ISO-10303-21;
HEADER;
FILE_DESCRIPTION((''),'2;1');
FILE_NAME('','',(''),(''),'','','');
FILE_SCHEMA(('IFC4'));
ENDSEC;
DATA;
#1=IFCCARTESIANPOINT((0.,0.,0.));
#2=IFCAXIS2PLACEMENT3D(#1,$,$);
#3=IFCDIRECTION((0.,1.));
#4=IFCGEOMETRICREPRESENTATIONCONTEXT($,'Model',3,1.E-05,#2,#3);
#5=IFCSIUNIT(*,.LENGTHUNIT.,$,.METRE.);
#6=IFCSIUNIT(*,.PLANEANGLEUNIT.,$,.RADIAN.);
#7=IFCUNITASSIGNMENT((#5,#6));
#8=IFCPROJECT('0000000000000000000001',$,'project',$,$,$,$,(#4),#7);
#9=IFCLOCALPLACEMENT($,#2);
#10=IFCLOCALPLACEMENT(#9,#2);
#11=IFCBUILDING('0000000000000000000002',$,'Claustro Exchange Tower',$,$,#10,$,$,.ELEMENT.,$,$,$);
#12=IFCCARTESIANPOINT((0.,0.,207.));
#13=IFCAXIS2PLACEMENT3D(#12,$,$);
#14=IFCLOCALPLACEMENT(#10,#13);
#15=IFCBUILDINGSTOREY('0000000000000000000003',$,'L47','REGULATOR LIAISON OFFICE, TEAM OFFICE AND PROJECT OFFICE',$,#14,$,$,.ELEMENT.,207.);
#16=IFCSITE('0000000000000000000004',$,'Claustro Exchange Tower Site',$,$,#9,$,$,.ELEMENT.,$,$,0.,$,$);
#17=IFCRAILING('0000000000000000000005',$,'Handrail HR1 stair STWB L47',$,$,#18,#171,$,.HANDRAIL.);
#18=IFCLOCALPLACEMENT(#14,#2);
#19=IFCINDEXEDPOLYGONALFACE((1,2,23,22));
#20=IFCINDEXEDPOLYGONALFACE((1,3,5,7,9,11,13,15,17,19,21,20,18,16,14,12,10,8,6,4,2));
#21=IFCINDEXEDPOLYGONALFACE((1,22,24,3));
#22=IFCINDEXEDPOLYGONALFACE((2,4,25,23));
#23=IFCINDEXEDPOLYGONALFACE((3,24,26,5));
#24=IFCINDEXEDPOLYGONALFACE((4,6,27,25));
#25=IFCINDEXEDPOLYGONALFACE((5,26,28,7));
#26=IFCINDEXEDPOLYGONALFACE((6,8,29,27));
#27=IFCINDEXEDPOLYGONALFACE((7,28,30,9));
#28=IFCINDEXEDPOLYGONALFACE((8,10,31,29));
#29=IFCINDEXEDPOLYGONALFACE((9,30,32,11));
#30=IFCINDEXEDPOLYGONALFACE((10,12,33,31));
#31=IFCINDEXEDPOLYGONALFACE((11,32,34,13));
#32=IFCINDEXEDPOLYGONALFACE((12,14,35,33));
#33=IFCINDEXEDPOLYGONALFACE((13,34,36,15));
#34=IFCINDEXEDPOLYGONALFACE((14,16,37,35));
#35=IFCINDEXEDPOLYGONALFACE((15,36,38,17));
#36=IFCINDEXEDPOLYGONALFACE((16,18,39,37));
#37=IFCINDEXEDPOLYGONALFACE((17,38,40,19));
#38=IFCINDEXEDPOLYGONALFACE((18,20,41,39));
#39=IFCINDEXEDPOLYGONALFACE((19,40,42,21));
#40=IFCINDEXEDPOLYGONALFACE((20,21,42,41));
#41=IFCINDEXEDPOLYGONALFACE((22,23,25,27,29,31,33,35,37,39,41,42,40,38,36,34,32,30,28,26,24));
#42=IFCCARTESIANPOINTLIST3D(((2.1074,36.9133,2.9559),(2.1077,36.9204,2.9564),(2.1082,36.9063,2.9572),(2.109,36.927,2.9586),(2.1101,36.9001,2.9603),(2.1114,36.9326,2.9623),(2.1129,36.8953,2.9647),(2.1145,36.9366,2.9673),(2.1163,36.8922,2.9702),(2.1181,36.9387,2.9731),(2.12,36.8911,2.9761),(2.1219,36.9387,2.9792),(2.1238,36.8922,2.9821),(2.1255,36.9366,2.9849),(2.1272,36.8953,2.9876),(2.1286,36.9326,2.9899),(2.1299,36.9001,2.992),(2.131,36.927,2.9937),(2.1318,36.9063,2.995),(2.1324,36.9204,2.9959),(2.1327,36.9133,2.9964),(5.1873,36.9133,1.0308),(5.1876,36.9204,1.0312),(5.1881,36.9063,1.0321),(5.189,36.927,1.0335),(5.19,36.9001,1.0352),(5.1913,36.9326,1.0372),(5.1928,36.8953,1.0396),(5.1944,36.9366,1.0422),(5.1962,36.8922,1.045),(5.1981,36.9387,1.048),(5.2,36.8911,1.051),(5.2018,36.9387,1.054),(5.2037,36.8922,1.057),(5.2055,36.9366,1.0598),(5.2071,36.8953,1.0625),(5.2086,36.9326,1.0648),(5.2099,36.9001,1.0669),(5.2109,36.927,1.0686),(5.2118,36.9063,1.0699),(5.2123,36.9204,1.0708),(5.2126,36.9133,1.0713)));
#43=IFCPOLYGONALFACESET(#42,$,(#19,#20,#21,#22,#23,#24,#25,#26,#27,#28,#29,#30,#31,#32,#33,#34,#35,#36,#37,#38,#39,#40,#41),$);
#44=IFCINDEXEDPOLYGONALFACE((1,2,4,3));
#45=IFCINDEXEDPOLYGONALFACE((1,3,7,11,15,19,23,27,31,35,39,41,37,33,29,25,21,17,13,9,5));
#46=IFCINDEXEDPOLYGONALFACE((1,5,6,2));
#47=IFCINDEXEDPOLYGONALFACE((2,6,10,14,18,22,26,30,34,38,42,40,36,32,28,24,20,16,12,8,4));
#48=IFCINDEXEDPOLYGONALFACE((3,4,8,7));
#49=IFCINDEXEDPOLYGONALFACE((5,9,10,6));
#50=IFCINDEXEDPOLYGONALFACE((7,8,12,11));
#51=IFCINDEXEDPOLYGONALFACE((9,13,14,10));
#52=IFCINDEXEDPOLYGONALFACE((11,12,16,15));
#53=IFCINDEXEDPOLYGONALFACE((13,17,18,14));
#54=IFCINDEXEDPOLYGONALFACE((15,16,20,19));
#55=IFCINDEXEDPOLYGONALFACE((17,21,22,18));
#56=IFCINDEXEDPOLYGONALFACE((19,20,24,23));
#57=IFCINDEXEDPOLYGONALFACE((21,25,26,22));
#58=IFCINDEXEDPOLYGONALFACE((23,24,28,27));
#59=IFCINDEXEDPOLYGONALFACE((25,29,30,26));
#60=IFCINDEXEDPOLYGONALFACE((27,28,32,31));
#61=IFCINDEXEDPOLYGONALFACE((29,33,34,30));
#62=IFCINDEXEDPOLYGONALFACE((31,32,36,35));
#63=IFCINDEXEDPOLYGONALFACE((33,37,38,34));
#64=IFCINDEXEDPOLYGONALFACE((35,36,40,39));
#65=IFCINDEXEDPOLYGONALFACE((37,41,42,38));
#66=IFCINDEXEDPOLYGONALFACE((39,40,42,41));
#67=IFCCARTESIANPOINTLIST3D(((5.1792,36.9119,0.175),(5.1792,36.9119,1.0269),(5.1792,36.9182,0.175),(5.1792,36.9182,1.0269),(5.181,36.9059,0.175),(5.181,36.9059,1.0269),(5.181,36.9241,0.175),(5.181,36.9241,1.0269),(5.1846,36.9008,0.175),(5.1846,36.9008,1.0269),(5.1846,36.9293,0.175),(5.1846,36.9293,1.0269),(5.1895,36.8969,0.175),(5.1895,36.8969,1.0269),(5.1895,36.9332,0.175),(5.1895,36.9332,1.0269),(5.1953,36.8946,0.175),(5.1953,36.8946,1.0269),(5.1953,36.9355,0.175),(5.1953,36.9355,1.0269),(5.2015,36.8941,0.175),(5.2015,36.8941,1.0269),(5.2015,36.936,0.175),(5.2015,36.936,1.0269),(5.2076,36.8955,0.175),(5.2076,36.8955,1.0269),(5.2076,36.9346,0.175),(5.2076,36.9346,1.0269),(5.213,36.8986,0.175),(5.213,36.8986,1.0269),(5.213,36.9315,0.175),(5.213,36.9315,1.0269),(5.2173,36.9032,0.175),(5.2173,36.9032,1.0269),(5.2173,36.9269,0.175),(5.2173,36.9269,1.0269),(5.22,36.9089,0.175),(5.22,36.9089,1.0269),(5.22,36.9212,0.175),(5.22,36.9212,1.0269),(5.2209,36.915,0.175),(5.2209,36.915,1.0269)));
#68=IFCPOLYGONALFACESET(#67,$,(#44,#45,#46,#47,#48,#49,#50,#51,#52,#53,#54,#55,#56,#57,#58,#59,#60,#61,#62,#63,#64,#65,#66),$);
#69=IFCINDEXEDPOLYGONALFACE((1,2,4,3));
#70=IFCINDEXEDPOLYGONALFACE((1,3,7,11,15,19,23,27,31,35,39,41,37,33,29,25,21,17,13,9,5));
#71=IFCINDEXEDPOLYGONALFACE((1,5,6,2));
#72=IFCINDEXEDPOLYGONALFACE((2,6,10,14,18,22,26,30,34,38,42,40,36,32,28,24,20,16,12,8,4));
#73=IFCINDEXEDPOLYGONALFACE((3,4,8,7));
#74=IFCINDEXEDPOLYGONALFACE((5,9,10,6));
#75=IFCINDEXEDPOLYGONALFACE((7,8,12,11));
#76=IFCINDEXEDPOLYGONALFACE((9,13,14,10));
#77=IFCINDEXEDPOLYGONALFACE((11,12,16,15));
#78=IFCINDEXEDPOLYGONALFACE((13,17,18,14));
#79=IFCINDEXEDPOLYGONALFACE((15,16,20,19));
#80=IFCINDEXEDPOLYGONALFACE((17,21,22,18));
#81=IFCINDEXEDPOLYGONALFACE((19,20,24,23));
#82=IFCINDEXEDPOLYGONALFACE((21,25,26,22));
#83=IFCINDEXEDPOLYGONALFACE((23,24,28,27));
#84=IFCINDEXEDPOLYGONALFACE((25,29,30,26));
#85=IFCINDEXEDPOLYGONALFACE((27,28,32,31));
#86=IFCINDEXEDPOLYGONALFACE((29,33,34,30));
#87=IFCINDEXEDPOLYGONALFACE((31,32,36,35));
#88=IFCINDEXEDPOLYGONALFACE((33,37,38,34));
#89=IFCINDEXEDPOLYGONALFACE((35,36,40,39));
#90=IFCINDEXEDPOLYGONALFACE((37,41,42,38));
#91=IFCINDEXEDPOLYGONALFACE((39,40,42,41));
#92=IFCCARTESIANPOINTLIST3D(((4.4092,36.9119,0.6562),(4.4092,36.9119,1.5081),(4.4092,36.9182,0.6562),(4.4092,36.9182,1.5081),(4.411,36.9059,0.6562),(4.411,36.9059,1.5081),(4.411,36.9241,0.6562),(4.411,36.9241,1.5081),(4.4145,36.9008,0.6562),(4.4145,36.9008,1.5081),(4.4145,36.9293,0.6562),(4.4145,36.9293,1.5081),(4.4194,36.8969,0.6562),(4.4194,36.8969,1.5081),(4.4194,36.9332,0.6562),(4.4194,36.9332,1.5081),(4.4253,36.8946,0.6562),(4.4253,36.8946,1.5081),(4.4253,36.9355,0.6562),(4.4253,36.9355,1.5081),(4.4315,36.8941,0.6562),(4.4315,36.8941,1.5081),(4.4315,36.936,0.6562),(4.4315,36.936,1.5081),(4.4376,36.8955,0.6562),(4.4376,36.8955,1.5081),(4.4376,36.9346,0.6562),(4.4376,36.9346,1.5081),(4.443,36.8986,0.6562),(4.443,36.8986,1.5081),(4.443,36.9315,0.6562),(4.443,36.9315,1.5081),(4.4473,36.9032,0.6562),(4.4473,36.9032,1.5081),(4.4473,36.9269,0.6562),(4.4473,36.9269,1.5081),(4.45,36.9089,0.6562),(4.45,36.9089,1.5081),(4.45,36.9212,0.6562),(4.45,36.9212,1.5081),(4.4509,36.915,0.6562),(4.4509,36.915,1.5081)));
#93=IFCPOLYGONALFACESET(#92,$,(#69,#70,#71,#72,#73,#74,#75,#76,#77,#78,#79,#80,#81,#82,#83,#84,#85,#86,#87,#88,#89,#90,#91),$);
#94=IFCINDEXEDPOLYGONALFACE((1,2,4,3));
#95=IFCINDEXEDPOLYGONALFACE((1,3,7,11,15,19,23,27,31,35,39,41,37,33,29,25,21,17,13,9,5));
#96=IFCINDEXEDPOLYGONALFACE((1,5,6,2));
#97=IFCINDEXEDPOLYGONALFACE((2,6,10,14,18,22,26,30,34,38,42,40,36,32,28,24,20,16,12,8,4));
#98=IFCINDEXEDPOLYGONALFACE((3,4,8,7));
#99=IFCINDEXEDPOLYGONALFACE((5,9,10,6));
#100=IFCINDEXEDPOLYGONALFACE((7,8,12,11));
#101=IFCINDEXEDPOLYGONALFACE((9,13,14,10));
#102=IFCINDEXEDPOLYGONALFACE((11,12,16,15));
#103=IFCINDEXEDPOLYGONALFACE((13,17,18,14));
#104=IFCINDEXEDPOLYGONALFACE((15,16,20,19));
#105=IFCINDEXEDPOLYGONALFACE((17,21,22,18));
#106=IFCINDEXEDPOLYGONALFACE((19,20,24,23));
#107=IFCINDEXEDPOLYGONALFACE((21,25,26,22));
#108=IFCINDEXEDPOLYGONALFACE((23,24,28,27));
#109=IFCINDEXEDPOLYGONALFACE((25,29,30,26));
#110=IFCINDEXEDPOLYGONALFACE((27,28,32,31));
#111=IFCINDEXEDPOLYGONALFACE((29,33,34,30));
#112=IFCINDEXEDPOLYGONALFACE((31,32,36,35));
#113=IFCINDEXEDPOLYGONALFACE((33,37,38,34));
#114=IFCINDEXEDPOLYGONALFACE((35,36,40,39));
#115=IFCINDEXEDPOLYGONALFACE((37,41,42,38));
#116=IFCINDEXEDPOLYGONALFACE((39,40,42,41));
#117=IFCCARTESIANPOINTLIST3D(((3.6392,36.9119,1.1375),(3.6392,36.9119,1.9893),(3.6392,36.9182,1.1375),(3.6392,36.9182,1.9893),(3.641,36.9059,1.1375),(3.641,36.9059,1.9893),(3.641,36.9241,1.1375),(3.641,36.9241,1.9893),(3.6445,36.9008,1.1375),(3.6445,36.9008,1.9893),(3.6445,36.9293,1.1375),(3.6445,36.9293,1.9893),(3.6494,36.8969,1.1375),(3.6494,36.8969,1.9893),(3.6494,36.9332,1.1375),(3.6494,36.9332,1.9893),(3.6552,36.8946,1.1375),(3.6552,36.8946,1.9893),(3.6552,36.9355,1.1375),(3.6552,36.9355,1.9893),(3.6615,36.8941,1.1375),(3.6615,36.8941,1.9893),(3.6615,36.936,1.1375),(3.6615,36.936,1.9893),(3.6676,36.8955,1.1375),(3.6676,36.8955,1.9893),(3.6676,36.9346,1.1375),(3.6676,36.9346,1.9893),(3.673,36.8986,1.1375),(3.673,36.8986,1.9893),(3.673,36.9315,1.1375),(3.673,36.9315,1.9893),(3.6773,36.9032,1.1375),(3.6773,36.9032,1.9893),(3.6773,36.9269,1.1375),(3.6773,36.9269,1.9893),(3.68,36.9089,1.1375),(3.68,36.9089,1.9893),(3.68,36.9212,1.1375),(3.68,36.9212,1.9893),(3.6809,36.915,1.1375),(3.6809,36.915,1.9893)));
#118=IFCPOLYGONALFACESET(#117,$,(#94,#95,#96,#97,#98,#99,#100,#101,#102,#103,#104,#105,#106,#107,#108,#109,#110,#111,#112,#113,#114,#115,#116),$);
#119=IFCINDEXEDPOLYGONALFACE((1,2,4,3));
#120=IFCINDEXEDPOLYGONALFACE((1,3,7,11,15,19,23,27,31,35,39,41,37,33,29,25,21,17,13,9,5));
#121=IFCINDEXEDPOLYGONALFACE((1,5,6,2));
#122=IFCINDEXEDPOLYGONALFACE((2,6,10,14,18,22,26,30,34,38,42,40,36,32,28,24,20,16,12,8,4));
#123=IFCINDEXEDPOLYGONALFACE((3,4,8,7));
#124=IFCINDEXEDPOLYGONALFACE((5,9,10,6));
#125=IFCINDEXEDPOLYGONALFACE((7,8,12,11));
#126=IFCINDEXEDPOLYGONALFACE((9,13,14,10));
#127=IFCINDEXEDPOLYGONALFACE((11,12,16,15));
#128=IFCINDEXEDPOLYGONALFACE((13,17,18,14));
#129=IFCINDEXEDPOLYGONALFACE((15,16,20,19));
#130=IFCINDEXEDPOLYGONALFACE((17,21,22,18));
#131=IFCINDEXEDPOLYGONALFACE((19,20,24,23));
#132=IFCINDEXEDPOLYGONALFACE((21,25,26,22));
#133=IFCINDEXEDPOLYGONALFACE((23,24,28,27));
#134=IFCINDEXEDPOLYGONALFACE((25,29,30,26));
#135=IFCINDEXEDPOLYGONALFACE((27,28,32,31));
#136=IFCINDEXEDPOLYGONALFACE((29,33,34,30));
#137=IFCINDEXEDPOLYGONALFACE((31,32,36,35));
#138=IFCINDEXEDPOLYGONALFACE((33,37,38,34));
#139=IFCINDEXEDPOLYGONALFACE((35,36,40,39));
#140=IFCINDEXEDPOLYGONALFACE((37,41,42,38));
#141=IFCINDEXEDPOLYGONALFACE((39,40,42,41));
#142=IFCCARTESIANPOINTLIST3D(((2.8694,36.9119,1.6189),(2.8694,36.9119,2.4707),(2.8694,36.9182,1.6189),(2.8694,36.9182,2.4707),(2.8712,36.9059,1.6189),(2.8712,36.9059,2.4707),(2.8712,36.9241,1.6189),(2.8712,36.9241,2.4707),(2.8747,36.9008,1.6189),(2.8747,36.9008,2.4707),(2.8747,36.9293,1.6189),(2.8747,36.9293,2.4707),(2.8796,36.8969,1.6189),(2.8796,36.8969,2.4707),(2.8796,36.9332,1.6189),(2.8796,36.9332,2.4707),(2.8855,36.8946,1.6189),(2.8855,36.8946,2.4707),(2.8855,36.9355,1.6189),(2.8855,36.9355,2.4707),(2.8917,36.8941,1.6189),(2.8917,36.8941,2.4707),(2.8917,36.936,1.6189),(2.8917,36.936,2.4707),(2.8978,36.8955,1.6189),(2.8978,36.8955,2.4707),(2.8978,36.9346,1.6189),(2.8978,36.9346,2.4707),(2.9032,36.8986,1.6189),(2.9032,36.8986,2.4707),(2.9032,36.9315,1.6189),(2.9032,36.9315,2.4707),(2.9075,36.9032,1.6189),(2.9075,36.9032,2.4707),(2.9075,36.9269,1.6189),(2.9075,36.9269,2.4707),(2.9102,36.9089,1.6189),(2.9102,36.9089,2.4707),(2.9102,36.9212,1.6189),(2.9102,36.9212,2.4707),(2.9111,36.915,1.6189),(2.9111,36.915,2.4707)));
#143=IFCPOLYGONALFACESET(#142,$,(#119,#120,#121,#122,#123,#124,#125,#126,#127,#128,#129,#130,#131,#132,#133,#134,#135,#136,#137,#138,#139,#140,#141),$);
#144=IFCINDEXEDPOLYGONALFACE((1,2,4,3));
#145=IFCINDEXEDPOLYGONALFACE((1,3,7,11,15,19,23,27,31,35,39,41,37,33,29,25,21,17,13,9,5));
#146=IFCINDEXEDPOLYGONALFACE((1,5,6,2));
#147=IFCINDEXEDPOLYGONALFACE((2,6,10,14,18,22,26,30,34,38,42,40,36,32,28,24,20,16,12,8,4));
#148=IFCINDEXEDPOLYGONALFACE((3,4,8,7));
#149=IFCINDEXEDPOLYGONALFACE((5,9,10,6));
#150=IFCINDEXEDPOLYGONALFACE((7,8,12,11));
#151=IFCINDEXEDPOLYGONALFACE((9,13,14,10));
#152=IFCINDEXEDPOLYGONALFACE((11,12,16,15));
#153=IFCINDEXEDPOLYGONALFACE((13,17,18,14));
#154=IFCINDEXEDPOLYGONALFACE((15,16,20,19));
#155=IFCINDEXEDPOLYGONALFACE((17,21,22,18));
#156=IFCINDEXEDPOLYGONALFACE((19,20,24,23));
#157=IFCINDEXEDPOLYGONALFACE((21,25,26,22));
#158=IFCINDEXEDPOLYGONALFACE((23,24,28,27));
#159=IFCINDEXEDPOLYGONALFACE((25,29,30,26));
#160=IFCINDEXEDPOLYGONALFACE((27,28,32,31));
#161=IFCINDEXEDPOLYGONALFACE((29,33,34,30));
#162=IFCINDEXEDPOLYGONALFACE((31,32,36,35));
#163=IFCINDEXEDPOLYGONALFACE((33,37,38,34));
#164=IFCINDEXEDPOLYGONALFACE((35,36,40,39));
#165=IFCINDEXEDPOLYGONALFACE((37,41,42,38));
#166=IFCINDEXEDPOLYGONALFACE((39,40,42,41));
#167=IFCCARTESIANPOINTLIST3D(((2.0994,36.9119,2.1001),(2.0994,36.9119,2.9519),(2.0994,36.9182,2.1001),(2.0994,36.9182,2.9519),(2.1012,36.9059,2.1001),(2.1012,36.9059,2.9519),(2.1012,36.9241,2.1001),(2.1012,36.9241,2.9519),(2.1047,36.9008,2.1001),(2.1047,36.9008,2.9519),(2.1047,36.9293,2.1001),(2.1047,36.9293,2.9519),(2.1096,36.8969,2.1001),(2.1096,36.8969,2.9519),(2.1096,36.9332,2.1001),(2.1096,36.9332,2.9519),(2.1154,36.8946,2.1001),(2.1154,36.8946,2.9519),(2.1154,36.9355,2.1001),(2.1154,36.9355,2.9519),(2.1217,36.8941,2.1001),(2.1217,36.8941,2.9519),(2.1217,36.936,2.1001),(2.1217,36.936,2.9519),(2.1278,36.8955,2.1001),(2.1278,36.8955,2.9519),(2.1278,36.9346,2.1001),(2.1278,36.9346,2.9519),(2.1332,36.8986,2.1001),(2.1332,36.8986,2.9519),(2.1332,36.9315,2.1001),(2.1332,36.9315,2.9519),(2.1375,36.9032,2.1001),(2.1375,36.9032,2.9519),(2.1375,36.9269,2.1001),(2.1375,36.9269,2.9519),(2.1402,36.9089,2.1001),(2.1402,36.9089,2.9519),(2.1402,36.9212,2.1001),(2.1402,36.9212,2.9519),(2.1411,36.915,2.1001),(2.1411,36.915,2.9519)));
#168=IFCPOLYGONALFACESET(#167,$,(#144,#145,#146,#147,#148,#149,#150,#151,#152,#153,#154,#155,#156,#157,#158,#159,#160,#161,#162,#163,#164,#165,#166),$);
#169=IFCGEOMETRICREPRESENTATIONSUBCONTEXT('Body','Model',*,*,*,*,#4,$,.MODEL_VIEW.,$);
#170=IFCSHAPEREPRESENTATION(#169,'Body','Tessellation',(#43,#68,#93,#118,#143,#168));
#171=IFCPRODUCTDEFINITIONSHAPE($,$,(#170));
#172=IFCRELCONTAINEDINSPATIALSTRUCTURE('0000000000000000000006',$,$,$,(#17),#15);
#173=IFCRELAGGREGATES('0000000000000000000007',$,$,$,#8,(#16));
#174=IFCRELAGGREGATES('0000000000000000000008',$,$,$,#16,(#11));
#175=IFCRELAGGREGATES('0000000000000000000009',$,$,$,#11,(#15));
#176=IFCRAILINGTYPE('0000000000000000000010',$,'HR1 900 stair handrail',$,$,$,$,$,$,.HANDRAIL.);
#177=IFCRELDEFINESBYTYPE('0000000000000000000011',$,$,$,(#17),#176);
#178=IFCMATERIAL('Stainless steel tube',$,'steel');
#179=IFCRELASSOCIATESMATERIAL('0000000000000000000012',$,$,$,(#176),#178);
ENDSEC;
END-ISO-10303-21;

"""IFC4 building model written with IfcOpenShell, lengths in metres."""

from ifc_helpers import new_model, si_unit, direction, frame, origin, origin_2d, place, context, subcontext, project, spatial, circle, extrude, material, type_object, element, save


model = new_model("IFC4")

# Units and contexts
model_context = context("Model", 3, precision=1e-05, world=origin(), true_north=direction((0.0, 1.0)))
body_context = subcontext(model_context, "Body", "Model", "MODEL_VIEW")
ifc_project = project(units=[si_unit("LENGTHUNIT", "METRE"), si_unit("PLANEANGLEUNIT", "RADIAN")], contexts=[model_context])

# Site, building, storey
site_placement = place(None, origin())
site = spatial("IfcSite", under=ifc_project, at=site_placement, Name="Claustro Exchange Tower Site", CompositionType="ELEMENT", RefElevation=0.0)
building_placement = place(site_placement, origin())
building = spatial("IfcBuilding", under=site, at=building_placement, Name="Claustro Exchange Tower", CompositionType="ELEMENT")
storey_placement = place(building_placement, frame((0.0, 0.0, 207.0)))
storey = spatial("IfcBuildingStorey", under=building, at=storey_placement, Name="L47", Description="REGULATOR LIAISON OFFICE, TEAM OFFICE AND PROJECT OFFICE", CompositionType="ELEMENT", Elevation=207.0)

# Railing
ifc_material_1 = material(Name="Stainless steel tube", Category="steel")
railing_type_1 = type_object("IfcRailingType", Name="HR1 900 stair handrail", PredefinedType="HANDRAIL", material=ifc_material_1)
railing_1_placement = place(storey_placement, frame((5.2, 36.915, 0.175)))
element("IfcRailing", 1, at=railing_1_placement, inside=storey, type_object=railing_type_1, Name="Handrail HR1 stair STWB L47", PredefinedType="HANDRAIL", context=body_context, shape_type="SweptSolid", body=[
    extrude(circle(Radius=0.0239, at=origin_2d()), frame((0.0, 0.0, 0.876), z_axis=(-0.847979, 0.0, 0.530029), x_axis=(0.0, -1.0, 0.0)), (0.0, 0.0, 1.0), 3.6321),
    extrude(circle(Radius=0.021, at=origin_2d()), origin(), (0.0, 0.0, 1.0), 0.8518),
    extrude(circle(Radius=0.021, at=origin_2d()), frame((-0.77, 0.0, 0.4812)), (0.0, 0.0, 1.0), 0.8518),
    extrude(circle(Radius=0.021, at=origin_2d()), frame((-1.54, 0.0, 0.9624)), (0.0, 0.0, 1.0), 0.8518),
    extrude(circle(Radius=0.021, at=origin_2d()), frame((-2.3098, 0.0, 1.4438)), (0.0, 0.0, 1.0), 0.8518),
    extrude(circle(Radius=0.021, at=origin_2d()), frame((-3.0798, 0.0, 1.925)), (0.0, 0.0, 1.0), 0.8518),
])

save(model, "model.ifc")
